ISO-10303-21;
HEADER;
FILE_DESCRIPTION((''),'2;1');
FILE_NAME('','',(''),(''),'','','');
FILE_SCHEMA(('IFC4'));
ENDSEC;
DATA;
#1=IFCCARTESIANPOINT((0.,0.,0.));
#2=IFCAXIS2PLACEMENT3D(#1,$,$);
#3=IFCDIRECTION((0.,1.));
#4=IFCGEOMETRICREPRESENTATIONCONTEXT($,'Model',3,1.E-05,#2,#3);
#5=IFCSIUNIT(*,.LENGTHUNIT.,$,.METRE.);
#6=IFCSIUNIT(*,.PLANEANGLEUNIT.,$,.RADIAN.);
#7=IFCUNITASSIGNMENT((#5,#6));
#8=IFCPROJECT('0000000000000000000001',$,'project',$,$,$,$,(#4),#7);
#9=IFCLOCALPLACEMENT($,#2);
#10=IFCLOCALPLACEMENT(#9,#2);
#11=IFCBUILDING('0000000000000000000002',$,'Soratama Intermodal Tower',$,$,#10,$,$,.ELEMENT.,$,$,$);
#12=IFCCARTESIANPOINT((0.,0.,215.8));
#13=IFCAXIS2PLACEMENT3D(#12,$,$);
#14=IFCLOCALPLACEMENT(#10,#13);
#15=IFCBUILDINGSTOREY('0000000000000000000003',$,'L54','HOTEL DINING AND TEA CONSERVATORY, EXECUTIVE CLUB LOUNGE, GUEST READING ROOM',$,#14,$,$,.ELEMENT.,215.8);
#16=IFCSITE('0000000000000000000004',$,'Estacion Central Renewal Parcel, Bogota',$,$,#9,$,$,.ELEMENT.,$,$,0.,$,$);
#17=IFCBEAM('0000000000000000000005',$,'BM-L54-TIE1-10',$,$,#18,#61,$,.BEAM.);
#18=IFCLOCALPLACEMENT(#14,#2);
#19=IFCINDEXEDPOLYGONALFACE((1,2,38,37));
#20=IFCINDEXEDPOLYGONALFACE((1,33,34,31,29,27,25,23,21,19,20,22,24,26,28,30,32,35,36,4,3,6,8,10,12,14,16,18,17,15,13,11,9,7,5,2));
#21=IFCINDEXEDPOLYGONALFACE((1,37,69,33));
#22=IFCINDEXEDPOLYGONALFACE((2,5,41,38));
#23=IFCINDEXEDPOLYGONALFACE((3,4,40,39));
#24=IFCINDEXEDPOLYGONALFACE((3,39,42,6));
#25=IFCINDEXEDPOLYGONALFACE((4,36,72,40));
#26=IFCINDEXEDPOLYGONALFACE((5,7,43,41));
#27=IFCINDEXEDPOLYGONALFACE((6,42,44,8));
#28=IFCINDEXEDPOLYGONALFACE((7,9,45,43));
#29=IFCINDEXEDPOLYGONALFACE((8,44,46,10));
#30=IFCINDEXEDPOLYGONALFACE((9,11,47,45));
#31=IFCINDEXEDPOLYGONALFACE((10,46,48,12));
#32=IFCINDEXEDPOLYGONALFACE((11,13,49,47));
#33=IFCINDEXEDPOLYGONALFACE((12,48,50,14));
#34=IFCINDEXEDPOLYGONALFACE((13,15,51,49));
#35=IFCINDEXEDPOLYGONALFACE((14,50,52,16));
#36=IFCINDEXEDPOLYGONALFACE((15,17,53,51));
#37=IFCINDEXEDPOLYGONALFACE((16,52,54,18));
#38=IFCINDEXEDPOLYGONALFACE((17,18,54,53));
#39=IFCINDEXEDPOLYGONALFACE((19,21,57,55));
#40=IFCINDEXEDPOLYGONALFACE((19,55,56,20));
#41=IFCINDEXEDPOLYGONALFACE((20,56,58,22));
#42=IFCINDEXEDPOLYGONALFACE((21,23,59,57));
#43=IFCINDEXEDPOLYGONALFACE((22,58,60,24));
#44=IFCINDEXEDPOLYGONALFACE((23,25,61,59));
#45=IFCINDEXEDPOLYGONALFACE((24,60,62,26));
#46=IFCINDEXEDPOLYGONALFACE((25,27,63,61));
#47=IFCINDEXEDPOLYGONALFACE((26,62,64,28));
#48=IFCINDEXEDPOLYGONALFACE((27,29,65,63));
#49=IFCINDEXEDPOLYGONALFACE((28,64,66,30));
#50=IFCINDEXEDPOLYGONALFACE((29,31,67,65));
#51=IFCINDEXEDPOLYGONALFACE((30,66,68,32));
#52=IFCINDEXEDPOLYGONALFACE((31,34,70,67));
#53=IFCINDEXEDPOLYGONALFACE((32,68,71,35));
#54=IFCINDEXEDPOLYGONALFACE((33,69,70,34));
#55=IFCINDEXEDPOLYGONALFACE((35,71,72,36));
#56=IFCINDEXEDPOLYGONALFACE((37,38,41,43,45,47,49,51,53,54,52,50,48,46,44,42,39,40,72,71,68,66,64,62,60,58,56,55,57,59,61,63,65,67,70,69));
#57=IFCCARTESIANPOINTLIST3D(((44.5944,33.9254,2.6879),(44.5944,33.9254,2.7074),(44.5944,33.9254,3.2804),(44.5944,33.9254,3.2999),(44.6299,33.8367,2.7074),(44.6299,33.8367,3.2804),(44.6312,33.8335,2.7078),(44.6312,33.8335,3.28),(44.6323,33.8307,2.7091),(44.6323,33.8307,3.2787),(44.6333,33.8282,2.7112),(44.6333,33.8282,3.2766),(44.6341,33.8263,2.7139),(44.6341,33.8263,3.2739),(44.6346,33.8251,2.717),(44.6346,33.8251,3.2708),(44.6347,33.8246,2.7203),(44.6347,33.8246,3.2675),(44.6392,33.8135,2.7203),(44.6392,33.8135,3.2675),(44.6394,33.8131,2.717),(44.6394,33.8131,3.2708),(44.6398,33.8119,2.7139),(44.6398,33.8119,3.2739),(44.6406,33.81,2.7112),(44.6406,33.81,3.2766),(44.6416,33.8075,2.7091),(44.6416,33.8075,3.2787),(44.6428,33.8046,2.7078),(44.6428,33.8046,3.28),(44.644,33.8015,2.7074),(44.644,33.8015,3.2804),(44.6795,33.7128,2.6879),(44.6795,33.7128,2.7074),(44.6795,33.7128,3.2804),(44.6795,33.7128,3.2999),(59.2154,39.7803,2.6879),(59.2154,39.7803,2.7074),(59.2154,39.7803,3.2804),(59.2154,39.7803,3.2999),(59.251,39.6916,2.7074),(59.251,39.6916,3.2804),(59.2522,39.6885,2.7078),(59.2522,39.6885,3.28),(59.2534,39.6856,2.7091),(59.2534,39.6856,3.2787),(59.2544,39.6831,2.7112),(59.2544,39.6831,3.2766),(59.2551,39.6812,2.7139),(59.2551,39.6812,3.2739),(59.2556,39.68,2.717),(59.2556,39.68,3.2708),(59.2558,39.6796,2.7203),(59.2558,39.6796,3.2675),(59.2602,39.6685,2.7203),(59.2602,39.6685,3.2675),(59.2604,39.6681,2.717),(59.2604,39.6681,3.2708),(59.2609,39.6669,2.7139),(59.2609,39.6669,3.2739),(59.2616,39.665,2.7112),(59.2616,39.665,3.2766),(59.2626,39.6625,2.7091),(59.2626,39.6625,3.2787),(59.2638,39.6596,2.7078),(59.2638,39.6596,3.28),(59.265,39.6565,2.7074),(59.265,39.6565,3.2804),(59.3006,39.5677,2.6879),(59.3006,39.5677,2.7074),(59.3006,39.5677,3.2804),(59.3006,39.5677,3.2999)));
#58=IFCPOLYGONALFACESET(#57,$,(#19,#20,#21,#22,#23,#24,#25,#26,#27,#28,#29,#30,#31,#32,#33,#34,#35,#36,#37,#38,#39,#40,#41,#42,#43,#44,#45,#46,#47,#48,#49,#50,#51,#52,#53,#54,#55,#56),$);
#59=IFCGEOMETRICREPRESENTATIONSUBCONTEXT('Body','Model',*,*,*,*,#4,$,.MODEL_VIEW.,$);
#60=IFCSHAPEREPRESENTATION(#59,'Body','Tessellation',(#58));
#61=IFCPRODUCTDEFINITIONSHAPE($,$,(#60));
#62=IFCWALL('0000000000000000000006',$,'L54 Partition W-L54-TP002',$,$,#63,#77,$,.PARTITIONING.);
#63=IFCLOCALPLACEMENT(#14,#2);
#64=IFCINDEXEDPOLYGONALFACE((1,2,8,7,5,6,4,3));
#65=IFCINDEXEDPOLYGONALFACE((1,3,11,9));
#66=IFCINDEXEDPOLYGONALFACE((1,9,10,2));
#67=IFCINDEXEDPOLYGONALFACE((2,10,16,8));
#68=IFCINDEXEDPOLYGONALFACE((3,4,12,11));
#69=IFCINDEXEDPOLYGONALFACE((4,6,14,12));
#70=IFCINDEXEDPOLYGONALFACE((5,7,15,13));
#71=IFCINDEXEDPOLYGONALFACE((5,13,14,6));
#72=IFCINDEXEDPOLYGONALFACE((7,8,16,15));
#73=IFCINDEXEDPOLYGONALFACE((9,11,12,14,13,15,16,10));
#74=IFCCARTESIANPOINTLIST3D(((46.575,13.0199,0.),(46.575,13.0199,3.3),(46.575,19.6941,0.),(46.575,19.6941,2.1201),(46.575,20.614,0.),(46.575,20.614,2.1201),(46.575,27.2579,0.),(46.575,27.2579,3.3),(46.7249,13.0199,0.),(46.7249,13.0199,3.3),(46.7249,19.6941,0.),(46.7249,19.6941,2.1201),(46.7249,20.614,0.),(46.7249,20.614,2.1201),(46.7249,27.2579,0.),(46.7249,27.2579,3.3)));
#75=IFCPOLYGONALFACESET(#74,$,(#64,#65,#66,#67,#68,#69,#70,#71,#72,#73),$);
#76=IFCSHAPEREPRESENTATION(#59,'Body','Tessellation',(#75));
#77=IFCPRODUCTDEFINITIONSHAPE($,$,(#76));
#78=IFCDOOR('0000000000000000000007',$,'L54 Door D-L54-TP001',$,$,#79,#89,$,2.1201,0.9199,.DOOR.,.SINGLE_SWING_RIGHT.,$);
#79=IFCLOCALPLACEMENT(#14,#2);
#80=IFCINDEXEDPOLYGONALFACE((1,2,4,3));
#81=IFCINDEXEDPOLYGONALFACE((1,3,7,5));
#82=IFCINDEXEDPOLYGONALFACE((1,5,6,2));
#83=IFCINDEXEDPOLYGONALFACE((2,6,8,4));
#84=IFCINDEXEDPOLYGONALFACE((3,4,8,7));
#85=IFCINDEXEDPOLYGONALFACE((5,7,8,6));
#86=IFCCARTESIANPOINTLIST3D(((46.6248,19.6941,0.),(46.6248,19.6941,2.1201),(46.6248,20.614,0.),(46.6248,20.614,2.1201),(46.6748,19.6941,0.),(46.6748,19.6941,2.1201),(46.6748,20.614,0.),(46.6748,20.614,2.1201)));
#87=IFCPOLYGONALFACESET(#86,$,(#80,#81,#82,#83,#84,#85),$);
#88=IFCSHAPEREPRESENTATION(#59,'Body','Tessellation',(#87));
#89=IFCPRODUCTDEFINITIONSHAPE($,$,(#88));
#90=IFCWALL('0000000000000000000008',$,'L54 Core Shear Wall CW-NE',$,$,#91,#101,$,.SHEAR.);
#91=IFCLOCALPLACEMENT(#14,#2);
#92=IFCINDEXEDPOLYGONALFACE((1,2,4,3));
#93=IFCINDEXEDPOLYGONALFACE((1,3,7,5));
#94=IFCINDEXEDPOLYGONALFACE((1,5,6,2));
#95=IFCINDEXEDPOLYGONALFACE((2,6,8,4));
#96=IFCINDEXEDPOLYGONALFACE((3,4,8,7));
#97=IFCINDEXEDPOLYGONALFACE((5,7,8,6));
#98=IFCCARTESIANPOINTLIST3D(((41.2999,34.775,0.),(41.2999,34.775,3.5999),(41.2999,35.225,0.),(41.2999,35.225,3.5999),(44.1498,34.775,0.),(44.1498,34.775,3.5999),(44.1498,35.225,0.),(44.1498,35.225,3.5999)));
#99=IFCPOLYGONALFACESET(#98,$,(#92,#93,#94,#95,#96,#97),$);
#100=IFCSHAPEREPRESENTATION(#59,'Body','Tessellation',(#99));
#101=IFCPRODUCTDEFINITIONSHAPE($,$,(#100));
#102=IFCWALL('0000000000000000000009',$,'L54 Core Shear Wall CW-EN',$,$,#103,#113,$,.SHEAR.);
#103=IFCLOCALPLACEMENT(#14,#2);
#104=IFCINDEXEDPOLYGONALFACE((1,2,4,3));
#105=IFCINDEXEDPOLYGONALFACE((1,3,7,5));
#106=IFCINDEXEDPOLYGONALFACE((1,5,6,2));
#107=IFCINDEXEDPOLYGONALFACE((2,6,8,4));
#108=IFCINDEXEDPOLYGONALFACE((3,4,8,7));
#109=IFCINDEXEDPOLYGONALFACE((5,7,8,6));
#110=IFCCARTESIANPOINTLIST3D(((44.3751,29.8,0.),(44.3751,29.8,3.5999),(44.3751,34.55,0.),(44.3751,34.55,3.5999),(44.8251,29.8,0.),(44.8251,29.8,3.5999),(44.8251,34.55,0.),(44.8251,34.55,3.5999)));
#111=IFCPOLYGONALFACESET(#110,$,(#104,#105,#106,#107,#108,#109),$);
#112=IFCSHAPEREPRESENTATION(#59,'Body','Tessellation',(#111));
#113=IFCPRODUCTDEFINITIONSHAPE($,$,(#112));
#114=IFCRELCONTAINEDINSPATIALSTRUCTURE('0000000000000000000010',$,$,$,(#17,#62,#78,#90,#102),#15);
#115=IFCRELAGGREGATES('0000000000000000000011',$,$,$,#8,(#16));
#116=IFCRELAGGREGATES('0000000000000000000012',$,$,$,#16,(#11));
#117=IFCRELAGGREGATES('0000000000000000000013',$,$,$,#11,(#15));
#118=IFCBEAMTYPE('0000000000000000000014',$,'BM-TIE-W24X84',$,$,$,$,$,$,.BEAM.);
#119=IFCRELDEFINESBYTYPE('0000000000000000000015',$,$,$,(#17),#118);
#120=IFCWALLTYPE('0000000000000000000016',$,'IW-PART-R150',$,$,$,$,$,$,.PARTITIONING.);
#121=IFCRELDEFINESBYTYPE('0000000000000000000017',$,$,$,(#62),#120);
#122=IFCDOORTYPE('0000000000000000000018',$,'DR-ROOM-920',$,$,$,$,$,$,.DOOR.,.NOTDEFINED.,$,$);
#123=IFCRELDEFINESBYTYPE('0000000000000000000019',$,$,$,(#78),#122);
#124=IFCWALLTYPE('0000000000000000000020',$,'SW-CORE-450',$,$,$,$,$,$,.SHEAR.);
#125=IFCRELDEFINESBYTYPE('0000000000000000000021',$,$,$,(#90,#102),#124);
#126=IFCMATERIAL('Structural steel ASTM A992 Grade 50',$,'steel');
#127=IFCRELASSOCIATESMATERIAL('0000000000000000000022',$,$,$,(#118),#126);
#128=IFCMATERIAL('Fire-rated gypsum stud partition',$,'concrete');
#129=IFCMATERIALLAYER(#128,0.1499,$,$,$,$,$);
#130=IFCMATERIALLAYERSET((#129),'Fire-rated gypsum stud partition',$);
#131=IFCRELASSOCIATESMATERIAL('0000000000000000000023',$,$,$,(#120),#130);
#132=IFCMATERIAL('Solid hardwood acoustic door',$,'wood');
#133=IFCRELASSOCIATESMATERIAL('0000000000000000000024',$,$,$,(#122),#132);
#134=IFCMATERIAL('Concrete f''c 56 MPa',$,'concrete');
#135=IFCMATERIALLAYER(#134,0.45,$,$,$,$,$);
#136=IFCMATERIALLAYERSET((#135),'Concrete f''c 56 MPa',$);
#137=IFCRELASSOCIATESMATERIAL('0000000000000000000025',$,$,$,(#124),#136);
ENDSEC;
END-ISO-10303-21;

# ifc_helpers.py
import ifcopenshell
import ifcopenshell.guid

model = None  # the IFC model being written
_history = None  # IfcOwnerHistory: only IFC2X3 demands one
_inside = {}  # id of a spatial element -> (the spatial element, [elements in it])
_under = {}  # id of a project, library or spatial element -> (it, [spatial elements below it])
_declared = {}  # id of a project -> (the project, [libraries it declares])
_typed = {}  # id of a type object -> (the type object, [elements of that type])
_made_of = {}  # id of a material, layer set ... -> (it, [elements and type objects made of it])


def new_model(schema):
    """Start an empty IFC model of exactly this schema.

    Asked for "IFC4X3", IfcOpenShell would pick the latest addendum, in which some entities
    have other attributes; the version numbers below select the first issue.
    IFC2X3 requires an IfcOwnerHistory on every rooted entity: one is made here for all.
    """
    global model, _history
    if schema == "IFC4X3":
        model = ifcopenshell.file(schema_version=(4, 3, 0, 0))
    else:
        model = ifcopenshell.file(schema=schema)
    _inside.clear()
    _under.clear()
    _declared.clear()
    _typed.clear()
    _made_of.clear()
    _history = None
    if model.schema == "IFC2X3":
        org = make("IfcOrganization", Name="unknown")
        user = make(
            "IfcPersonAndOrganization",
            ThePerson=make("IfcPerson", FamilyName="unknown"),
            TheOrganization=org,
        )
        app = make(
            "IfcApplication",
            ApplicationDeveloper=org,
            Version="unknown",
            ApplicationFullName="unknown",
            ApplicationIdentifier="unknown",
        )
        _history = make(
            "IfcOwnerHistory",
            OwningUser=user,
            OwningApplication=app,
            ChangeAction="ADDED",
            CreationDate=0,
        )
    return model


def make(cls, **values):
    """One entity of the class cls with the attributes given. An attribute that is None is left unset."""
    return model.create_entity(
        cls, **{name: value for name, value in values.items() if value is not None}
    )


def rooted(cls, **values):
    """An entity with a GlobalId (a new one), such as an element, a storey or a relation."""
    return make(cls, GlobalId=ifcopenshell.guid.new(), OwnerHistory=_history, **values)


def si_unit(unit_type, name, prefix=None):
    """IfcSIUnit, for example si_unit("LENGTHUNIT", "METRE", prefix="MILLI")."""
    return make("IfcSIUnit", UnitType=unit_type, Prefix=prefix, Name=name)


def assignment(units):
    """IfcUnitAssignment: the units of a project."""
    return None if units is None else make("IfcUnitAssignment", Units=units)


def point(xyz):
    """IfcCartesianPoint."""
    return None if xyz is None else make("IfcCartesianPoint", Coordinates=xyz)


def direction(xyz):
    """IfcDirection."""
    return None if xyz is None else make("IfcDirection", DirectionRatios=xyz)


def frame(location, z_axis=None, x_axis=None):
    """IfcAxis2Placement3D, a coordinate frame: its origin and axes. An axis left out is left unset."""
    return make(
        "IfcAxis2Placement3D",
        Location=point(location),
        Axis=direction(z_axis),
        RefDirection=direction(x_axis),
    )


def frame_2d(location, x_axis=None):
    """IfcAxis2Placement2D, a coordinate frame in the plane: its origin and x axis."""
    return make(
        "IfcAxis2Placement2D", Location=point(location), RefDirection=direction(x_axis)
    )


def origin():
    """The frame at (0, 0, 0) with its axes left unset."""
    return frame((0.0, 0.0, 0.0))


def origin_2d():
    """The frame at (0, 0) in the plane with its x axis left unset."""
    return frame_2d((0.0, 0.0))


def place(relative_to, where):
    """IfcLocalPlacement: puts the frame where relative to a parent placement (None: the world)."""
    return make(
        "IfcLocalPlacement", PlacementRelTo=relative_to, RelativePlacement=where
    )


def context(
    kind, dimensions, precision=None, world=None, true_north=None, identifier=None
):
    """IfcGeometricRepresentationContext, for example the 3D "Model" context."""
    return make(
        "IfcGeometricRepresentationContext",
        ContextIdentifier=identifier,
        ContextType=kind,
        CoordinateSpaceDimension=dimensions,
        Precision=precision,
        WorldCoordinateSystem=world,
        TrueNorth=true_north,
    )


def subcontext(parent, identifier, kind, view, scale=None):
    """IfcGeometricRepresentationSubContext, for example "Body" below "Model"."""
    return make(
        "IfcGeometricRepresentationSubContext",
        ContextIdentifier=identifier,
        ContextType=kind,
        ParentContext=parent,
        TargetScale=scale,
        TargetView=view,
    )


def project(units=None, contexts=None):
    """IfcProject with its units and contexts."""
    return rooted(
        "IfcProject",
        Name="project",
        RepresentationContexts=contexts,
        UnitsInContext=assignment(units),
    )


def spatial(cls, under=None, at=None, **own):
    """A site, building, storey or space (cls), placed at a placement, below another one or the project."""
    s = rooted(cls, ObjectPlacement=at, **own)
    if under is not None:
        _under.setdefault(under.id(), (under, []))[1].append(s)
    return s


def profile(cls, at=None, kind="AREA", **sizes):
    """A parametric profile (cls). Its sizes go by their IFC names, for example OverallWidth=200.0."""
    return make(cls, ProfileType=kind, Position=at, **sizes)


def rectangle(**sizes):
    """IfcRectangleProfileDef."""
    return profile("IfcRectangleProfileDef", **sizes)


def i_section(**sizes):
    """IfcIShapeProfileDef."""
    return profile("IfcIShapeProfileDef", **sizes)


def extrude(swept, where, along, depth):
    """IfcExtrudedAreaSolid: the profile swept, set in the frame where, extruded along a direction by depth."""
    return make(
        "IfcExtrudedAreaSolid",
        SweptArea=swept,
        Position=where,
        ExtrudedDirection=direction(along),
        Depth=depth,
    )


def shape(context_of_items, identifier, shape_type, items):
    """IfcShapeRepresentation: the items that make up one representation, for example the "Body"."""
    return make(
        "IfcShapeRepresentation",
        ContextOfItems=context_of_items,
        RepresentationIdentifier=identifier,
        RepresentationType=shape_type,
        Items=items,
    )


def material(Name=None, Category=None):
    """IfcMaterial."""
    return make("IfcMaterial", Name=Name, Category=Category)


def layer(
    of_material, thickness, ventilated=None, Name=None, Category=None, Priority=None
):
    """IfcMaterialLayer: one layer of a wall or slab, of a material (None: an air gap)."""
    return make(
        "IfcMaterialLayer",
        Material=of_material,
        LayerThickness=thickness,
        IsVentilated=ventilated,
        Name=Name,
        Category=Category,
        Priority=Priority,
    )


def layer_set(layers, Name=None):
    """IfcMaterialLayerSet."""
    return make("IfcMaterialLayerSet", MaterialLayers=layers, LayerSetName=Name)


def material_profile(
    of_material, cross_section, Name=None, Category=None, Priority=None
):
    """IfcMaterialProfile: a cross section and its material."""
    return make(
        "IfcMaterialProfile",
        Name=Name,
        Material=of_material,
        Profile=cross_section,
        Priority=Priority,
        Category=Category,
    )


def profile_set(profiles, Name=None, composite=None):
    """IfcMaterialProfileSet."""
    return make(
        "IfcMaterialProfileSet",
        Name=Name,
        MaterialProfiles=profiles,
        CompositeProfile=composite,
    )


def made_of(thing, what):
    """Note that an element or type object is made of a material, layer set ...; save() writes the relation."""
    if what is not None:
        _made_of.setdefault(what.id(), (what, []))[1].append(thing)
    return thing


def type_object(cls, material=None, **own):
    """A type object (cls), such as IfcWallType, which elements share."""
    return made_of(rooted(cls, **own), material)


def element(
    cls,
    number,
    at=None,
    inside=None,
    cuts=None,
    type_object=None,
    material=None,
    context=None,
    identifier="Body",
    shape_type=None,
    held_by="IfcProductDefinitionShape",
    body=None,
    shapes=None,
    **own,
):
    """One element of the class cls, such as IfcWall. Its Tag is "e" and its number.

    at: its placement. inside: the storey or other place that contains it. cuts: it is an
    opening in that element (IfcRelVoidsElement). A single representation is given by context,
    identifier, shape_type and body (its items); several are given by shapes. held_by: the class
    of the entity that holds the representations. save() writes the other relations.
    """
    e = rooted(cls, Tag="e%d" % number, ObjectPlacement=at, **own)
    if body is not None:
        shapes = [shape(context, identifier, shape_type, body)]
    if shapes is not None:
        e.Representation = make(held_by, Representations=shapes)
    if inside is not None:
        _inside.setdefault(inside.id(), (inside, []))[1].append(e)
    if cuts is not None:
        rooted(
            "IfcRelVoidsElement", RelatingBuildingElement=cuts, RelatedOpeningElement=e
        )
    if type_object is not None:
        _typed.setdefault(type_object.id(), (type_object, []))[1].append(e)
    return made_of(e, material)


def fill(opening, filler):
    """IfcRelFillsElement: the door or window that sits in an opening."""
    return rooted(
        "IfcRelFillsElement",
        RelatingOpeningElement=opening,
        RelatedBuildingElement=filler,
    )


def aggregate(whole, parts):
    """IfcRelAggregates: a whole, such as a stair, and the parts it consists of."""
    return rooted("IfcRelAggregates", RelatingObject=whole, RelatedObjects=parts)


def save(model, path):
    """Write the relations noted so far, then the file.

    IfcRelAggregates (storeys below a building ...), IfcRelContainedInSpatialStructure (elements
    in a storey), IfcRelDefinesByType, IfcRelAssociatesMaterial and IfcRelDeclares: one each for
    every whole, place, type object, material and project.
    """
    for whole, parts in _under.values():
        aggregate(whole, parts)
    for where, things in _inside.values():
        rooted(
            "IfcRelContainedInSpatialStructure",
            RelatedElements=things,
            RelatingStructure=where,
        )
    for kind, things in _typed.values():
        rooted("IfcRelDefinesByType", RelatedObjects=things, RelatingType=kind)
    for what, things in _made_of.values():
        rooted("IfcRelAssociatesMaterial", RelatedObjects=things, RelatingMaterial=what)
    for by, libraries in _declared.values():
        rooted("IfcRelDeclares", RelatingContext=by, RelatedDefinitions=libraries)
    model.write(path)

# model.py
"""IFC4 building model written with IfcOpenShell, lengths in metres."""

from ifc_helpers import new_model, si_unit, direction, frame, frame_2d, origin, origin_2d, place, context, subcontext, project, spatial, rectangle, i_section, extrude, material, layer, layer_set, material_profile, profile_set, type_object, element, fill, save


model = new_model("IFC4")

# Units and contexts
model_context = context("Model", 3, precision=1e-05, world=origin(), true_north=direction((0.0, 1.0)))
body_context = subcontext(model_context, "Body", "Model", "MODEL_VIEW")
ifc_project = project(units=[si_unit("LENGTHUNIT", "METRE"), si_unit("PLANEANGLEUNIT", "RADIAN")], contexts=[model_context])

# Site, building, storey
site_placement = place(None, origin())
site = spatial("IfcSite", under=ifc_project, at=site_placement, Name="Estacion Central Renewal Parcel, Bogota", CompositionType="ELEMENT", RefElevation=0.0)
building_placement = place(site_placement, origin())
building = spatial("IfcBuilding", under=site, at=building_placement, Name="Soratama Intermodal Tower", CompositionType="ELEMENT")
storey_placement = place(building_placement, frame((0.0, 0.0, 215.8)))
storey = spatial("IfcBuildingStorey", under=building, at=storey_placement, Name="L54", Description="HOTEL DINING AND TEA CONSERVATORY, EXECUTIVE CLUB LOUNGE, GUEST READING ROOM", CompositionType="ELEMENT", Elevation=215.8)

# Beam
ifc_material_1 = material(Name="Structural steel ASTM A992 Grade 50", Category="steel")
ifc_material_profile_1 = material_profile(ifc_material_1, i_section(OverallWidth=0.229, OverallDepth=0.6121, WebThickness=0.012, FlangeThickness=0.0195, FilletRadius=0.0129, at=origin_2d()), Name="W24X84")
ifc_profile_set_1 = profile_set([ifc_material_profile_1], Name="Structural steel ASTM A992 Grade 50")
beam_type_1 = type_object("IfcBeamType", Name="BM-TIE-W24X84", PredefinedType="BEAM", material=ifc_profile_set_1)
beam_1_placement = place(storey_placement, frame((44.637, 33.8191, 2.9939), z_axis=(0.928333, 0.371749, 0.0), x_axis=(-0.371749, 0.928333, 0.0)))
element("IfcBeam", 1, at=beam_1_placement, inside=storey, type_object=beam_type_1, Name="BM-L54-TIE1-10", PredefinedType="BEAM", context=body_context, shape_type="SweptSolid", body=[
    extrude(i_section(OverallWidth=0.229, OverallDepth=0.6121, WebThickness=0.012, FlangeThickness=0.0195, FilletRadius=0.0129, at=origin_2d()), origin(), (0.0, 0.0, 1.0), 15.7498),
])

# Wall, opening, door
ifc_material_2 = material(Name="Fire-rated gypsum stud partition", Category="concrete")
ifc_layer_1 = layer(ifc_material_2, 0.1499)
ifc_layer_set_1 = layer_set([ifc_layer_1], Name="Fire-rated gypsum stud partition")
wall_type_1 = type_object("IfcWallType", Name="IW-PART-R150", PredefinedType="PARTITIONING", material=ifc_layer_set_1)
wall_1_placement = place(storey_placement, frame((46.6499, 27.2581, 0.0), z_axis=(0.0, 0.0, 1.0), x_axis=(0.0, -1.0, 0.0)))
wall_1 = element("IfcWall", 2, at=wall_1_placement, inside=storey, type_object=wall_type_1, Name="L54 Partition W-L54-TP002", PredefinedType="PARTITIONING", context=body_context, shape_type="SweptSolid", body=[
    extrude(rectangle(XDim=14.238, YDim=0.1499, at=frame_2d((7.1191, 0.0))), origin(), (0.0, 0.0, 1.0), 3.3),
])
opening_1_placement = place(wall_1_placement, frame((6.644, 0.0, 0.0)))
opening_1 = element("IfcOpeningElement", 3, at=opening_1_placement, cuts=wall_1, PredefinedType="OPENING", context=body_context, shape_type="SweptSolid", body=[
    extrude(rectangle(XDim=0.9199, YDim=2.1201, at=frame_2d((0.46, 1.0601))), frame((0.0, 0.085, 0.0), z_axis=(0.0, -1.0, 0.0), x_axis=(1.0, 0.0, 0.0)), (0.0, 0.0, 1.0), 0.1699),
])
ifc_material_3 = material(Name="Solid hardwood acoustic door", Category="wood")
door_type_1 = type_object("IfcDoorType", Name="DR-ROOM-920", OperationType="NOTDEFINED", PredefinedType="DOOR", material=ifc_material_3)
door_1_placement = place(opening_1_placement, origin())
door_1 = element("IfcDoor", 4, at=door_1_placement, inside=storey, type_object=door_type_1, Name="L54 Door D-L54-TP001", OperationType="SINGLE_SWING_RIGHT", OverallHeight=2.1201, OverallWidth=0.9199, PredefinedType="DOOR", context=body_context, shape_type="SweptSolid", body=[
    extrude(rectangle(XDim=0.9199, YDim=2.1201, at=frame_2d((0.46, 1.0601))), frame((0.0, 0.0249, 0.0), z_axis=(0.0, -1.0, 0.0), x_axis=(1.0, 0.0, 0.0)), (0.0, 0.0, 1.0), 0.05),
])
fill(opening_1, door_1)

# Walls
ifc_material_4 = material(Name="Concrete f'c 56 MPa", Category="concrete")
ifc_layer_2 = layer(ifc_material_4, 0.45)
ifc_layer_set_2 = layer_set([ifc_layer_2], Name="Concrete f'c 56 MPa")
wall_type_2 = type_object("IfcWallType", Name="SW-CORE-450", PredefinedType="SHEAR", material=ifc_layer_set_2)
wall_2_placement = place(storey_placement, frame((41.3, 35.0, 0.0), z_axis=(0.0, 0.0, 1.0), x_axis=(1.0, 0.0, 0.0)))
element("IfcWall", 5, at=wall_2_placement, inside=storey, type_object=wall_type_2, Name="L54 Core Shear Wall CW-NE", PredefinedType="SHEAR", context=body_context, shape_type="SweptSolid", body=[
    extrude(rectangle(XDim=2.8499, YDim=0.45, at=frame_2d((1.4248, 0.0))), origin(), (0.0, 0.0, 1.0), 3.5999),
])
wall_3_placement = place(storey_placement, frame((44.6001, 29.8, 0.0), z_axis=(0.0, 0.0, 1.0), x_axis=(0.0, 1.0, 0.0)))
element("IfcWall", 6, at=wall_3_placement, inside=storey, type_object=wall_type_2, Name="L54 Core Shear Wall CW-EN", PredefinedType="SHEAR", context=body_context, shape_type="SweptSolid", body=[
    extrude(rectangle(XDim=4.75, YDim=0.45, at=frame_2d((2.375, 0.0))), origin(), (0.0, 0.0, 1.0), 3.5999),
])

save(model, "model.ifc")
